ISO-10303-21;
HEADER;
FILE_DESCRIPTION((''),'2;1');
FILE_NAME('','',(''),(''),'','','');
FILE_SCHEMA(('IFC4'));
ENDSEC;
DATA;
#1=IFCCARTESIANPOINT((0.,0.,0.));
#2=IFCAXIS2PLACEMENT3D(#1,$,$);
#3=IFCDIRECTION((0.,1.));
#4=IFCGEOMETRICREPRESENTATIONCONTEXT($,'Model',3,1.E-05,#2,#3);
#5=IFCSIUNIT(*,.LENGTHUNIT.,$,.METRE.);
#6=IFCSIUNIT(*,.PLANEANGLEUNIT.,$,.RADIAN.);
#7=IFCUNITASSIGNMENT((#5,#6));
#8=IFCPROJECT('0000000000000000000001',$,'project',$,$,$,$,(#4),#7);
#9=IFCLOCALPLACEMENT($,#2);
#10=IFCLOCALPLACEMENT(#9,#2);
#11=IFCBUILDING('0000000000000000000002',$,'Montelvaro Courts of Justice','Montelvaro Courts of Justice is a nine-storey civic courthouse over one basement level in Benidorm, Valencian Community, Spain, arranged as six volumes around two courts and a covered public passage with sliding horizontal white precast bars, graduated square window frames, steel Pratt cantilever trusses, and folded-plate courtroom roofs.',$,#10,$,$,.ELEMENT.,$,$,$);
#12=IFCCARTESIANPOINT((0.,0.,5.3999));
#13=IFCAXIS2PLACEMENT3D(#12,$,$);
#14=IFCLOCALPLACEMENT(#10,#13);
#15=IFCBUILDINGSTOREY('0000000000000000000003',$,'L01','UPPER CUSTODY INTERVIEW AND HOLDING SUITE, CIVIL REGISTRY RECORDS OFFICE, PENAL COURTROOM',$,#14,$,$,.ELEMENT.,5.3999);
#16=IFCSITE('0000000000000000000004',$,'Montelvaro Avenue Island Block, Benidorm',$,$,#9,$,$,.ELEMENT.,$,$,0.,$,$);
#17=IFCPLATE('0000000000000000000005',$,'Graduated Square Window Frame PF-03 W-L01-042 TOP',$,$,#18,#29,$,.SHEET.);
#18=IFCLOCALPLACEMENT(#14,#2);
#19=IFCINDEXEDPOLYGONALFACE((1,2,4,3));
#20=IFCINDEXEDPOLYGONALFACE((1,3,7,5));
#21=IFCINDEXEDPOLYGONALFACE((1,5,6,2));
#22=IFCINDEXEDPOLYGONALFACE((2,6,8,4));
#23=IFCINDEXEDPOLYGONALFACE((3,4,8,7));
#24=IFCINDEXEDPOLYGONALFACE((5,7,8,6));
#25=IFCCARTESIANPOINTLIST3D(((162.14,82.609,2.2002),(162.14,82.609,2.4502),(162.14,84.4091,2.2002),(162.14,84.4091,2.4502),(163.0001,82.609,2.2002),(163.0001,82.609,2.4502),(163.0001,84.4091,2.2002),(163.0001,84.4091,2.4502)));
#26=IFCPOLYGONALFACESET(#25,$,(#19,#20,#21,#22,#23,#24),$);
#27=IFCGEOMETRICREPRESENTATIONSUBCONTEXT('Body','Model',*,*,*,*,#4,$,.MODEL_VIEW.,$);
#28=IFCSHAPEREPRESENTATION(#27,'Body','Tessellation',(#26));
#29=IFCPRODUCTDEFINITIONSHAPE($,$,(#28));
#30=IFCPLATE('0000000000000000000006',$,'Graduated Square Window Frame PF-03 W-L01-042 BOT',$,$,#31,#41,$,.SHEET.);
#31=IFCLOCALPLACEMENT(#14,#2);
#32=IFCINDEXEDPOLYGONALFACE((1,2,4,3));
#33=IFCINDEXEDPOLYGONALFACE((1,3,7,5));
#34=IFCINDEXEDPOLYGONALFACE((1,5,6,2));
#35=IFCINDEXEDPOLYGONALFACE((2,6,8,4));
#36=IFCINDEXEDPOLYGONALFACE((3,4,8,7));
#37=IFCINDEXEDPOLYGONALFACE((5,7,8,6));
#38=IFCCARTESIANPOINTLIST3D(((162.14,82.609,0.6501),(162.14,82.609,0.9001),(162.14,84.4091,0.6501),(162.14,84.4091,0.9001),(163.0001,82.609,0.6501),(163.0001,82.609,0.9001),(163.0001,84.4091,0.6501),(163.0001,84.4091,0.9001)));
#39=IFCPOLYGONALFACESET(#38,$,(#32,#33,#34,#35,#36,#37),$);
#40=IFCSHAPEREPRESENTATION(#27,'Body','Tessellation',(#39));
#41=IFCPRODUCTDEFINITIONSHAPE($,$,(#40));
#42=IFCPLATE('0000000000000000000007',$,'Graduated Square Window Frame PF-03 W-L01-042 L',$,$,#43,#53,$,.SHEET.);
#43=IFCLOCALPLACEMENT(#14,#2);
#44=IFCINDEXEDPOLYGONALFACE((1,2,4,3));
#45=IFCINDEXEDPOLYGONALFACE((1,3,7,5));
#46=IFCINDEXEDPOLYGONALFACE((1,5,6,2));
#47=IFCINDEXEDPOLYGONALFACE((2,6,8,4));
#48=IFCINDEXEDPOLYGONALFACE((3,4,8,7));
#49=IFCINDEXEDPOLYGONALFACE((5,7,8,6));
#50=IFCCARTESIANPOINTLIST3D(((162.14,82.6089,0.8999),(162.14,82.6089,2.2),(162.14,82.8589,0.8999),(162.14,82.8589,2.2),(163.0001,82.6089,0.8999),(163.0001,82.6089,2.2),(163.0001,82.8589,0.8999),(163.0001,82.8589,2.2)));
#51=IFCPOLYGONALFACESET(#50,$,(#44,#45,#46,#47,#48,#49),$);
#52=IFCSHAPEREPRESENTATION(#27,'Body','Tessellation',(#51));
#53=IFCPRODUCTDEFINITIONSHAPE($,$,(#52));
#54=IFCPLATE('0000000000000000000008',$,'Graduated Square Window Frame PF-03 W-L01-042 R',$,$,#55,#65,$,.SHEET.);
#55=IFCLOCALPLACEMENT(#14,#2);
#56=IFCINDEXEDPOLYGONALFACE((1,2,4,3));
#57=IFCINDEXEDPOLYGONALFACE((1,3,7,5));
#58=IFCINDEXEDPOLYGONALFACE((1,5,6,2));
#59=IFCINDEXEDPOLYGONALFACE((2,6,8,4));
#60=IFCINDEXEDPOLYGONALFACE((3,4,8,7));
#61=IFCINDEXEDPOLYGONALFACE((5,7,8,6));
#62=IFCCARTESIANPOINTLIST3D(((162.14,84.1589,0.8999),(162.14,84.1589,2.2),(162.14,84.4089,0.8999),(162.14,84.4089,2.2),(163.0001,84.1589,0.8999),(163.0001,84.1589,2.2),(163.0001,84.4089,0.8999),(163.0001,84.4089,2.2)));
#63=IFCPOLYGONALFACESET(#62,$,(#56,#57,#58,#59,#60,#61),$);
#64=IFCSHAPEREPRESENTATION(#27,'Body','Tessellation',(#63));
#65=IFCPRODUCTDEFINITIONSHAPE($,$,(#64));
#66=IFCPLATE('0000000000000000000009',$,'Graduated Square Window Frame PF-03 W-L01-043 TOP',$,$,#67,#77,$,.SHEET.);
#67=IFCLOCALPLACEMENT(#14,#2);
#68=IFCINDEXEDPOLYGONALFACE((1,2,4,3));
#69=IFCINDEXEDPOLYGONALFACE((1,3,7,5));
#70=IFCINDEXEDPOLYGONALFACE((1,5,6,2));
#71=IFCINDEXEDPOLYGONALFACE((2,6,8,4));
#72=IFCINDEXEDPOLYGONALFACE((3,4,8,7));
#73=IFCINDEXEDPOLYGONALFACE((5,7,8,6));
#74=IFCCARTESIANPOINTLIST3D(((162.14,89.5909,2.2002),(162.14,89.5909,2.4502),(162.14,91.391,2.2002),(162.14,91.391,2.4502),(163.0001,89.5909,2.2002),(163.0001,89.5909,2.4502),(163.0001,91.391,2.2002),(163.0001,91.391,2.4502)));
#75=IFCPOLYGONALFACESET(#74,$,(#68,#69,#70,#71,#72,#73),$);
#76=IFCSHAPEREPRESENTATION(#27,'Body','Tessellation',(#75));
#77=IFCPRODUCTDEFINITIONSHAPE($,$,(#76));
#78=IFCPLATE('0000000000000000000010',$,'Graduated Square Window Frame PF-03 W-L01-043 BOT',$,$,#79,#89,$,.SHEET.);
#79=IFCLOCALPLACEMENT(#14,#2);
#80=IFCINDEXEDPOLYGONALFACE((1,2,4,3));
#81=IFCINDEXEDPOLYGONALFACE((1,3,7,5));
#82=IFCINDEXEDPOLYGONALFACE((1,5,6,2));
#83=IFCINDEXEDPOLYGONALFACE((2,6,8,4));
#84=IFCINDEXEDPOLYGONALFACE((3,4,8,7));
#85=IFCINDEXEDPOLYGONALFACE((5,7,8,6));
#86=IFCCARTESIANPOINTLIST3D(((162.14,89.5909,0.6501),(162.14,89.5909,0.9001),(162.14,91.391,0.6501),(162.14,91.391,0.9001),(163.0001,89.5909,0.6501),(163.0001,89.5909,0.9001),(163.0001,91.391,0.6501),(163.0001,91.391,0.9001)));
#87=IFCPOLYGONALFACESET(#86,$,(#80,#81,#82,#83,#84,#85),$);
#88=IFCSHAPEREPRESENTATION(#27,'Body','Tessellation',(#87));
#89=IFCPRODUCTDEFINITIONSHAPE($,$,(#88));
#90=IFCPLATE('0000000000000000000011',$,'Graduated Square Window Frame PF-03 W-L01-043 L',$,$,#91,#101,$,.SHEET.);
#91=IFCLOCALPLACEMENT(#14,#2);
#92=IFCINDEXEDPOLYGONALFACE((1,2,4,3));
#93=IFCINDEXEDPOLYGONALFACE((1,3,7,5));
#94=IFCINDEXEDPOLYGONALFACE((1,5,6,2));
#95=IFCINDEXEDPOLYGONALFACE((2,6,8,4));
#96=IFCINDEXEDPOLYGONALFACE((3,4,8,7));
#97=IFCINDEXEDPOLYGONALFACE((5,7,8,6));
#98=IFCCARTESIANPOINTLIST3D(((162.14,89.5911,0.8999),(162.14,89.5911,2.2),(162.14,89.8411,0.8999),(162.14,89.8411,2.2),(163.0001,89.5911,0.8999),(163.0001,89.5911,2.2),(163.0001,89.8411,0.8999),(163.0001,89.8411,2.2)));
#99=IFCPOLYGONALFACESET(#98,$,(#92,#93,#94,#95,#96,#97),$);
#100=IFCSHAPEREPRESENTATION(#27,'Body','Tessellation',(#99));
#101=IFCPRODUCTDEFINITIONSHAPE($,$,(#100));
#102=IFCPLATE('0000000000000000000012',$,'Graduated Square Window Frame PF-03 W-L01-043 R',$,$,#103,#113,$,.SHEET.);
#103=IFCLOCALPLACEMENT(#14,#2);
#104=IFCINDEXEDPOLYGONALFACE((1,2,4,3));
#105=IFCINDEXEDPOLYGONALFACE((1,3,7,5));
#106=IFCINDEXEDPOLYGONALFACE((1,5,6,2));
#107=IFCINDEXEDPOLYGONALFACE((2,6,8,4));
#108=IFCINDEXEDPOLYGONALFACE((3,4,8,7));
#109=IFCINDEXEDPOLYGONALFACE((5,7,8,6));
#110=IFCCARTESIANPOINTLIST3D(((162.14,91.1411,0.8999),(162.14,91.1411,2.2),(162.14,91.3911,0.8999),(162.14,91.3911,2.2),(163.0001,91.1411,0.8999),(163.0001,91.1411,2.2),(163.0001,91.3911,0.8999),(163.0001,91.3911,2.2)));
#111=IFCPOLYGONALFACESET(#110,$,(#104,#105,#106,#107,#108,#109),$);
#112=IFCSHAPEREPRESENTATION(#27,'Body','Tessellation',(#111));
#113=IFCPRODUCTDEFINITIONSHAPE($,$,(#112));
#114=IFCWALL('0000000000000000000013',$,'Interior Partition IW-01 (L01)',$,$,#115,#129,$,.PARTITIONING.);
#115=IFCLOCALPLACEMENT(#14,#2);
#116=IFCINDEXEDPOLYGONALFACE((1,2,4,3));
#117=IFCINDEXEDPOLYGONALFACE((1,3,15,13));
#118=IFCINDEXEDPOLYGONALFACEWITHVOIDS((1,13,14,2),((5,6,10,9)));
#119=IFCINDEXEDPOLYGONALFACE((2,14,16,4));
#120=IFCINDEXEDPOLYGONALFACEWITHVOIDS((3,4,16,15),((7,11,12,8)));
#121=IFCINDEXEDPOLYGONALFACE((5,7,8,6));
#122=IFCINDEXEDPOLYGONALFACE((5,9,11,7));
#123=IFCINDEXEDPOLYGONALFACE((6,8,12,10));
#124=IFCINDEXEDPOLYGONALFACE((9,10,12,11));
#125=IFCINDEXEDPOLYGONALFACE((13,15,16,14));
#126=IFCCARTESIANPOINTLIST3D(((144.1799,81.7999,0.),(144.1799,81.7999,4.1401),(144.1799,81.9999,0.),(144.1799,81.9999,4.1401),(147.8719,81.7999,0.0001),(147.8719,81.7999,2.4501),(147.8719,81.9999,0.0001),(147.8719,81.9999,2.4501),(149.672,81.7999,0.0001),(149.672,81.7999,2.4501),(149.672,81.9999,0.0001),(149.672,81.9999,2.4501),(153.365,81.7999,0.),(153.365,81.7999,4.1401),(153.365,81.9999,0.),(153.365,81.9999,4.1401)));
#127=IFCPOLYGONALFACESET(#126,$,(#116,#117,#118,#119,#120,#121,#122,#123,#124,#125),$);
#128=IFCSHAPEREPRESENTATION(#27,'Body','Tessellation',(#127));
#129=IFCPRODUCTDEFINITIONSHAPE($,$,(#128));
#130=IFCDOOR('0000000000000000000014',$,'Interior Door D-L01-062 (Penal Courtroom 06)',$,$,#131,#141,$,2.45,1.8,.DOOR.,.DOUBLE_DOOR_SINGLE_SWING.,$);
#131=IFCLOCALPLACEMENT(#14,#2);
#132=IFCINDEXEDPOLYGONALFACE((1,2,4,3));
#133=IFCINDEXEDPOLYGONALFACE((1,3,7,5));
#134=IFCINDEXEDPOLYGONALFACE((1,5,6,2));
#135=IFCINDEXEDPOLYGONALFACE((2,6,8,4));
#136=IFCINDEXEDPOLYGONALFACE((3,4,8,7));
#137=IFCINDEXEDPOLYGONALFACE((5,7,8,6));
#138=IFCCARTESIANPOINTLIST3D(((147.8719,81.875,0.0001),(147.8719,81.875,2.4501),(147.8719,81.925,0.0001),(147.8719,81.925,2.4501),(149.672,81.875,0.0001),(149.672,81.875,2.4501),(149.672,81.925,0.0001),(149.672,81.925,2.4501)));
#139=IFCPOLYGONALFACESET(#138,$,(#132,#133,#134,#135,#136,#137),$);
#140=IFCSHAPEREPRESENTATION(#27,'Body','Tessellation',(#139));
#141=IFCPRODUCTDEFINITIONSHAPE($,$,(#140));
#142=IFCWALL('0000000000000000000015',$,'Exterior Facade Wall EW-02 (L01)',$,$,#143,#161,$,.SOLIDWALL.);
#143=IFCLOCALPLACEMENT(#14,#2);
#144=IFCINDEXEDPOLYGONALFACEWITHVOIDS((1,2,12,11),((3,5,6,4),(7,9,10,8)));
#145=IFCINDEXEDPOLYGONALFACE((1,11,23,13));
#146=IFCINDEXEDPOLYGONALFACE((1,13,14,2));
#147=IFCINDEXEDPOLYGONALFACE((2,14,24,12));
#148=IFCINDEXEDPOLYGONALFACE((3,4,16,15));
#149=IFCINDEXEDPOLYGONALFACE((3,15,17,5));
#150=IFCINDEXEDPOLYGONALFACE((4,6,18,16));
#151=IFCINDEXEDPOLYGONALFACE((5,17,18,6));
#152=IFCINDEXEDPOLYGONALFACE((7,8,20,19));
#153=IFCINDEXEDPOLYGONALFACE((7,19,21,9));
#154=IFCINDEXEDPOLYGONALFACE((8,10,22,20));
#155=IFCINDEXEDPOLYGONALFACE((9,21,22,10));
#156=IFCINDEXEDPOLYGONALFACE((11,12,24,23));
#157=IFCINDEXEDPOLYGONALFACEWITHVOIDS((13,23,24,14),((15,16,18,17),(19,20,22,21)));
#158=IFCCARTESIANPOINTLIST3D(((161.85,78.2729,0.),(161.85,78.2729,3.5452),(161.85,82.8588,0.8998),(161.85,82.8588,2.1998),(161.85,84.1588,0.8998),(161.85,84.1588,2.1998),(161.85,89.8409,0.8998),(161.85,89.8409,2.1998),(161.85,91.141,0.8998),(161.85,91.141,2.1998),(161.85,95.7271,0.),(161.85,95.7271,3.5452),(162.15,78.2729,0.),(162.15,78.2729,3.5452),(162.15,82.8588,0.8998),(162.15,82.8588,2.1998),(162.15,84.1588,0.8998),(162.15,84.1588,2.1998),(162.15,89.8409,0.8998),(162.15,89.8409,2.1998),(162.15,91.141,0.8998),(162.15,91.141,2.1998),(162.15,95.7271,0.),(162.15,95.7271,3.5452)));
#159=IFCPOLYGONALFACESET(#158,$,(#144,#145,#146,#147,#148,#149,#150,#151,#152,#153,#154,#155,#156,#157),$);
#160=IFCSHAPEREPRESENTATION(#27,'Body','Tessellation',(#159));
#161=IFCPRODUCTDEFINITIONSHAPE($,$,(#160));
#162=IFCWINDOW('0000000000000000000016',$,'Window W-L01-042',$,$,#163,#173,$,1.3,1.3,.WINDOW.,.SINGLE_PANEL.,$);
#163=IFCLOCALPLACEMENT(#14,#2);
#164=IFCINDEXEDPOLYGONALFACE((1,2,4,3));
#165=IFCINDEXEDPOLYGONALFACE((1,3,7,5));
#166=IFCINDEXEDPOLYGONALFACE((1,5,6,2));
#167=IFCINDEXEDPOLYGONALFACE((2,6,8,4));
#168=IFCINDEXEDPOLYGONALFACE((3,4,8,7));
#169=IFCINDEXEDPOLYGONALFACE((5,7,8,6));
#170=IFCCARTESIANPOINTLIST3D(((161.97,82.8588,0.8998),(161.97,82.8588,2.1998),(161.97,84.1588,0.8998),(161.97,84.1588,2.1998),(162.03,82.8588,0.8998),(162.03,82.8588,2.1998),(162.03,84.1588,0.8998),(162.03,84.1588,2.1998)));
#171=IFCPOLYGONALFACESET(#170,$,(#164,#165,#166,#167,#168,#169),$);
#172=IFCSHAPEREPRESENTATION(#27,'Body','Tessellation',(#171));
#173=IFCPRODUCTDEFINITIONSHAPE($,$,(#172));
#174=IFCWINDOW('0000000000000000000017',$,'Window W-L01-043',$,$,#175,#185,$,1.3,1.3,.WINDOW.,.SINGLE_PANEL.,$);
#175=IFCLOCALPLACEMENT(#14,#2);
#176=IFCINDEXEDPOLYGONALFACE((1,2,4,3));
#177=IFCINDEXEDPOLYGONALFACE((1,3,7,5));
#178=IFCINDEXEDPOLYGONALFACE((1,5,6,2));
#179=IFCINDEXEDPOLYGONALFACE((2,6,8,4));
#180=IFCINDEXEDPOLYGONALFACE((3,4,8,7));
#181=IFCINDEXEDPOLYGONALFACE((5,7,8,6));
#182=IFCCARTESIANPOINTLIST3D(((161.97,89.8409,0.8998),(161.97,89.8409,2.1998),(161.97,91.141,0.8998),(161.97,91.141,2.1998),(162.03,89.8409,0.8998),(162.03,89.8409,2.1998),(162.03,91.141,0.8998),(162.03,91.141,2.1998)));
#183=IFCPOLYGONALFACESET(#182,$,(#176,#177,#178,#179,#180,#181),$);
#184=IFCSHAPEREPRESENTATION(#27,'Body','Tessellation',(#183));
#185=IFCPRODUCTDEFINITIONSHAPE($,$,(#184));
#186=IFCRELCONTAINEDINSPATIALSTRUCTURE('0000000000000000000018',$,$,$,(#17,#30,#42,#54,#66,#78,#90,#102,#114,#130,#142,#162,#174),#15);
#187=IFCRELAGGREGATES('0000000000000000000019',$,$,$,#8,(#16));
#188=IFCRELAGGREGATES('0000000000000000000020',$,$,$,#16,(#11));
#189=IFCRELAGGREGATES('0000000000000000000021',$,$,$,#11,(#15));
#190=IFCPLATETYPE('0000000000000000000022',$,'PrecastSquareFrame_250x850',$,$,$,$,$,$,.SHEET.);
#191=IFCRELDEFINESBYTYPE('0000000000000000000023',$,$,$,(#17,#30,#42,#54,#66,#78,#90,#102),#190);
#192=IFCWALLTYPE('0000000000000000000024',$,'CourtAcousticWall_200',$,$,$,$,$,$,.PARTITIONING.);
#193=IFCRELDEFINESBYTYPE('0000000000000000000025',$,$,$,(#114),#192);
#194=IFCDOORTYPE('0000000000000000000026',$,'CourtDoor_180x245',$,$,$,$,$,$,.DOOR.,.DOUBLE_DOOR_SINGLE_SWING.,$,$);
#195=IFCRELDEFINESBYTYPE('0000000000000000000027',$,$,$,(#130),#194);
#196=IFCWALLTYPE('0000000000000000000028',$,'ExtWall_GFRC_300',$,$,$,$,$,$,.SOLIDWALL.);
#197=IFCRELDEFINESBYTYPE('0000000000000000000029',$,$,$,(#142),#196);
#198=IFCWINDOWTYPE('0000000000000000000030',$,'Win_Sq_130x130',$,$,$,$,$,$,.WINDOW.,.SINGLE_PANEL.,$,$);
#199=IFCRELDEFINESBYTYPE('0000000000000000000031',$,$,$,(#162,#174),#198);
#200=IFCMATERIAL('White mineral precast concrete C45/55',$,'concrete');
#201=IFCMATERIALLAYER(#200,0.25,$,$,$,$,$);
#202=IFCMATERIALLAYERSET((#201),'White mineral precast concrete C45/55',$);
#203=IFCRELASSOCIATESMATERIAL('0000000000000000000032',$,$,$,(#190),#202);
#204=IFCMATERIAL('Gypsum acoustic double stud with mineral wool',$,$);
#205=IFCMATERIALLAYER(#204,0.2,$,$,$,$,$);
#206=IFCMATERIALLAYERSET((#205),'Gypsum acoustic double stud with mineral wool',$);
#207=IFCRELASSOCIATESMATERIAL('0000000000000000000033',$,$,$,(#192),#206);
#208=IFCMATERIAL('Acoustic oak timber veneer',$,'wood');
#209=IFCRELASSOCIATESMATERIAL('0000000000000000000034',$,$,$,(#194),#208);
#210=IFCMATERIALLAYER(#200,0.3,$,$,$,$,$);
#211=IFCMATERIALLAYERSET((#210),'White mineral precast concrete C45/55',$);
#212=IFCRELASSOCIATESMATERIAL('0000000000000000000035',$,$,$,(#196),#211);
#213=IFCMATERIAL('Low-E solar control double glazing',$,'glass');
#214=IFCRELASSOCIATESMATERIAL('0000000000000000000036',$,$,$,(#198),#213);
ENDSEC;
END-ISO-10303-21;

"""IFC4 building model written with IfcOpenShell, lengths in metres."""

from ifc_helpers import new_model, si_unit, direction, frame, frame_2d, origin, origin_2d, place, context, subcontext, project, spatial, rectangle, extrude, material, layer, layer_set, type_object, element, fill, save


model = new_model("IFC4")

# Units and contexts
model_context = context("Model", 3, precision=1e-05, world=origin(), true_north=direction((0.0, 1.0)))
body_context = subcontext(model_context, "Body", "Model", "MODEL_VIEW")
ifc_project = project(units=[si_unit("LENGTHUNIT", "METRE"), si_unit("PLANEANGLEUNIT", "RADIAN")], contexts=[model_context])

# Site, building, storey
site_placement = place(None, origin())
site = spatial("IfcSite", under=ifc_project, at=site_placement, Name="Montelvaro Avenue Island Block, Benidorm", CompositionType="ELEMENT", RefElevation=0.0)
building_placement = place(site_placement, origin())
building = spatial("IfcBuilding", under=site, at=building_placement, Name="Montelvaro Courts of Justice", Description="Montelvaro Courts of Justice is a nine-storey civic courthouse over one basement level in Benidorm, Valencian Community, Spain, arranged as six volumes around two courts and a covered public passage with sliding horizontal white precast bars, graduated square window frames, steel Pratt cantilever trusses, and folded-plate courtroom roofs.", CompositionType="ELEMENT")
storey_placement = place(building_placement, frame((0.0, 0.0, 5.3999)))
storey = spatial("IfcBuildingStorey", under=building, at=storey_placement, Name="L01", Description="UPPER CUSTODY INTERVIEW AND HOLDING SUITE, CIVIL REGISTRY RECORDS OFFICE, PENAL COURTROOM", CompositionType="ELEMENT", Elevation=5.3999)

# Plates
ifc_material_1 = material(Name="White mineral precast concrete C45/55", Category="concrete")
ifc_layer_1 = layer(ifc_material_1, 0.25)
ifc_layer_set_1 = layer_set([ifc_layer_1], Name="White mineral precast concrete C45/55")
plate_type = type_object("IfcPlateType", Name="PrecastSquareFrame_250x850", PredefinedType="SHEET", material=ifc_layer_set_1)
for number, where, z_axis, x_axis, name in (
    (1, (162.5701, 83.509, 2.2002), (0.0, 0.0, 1.0), (0.0, 1.0, 0.0), "Graduated Square Window Frame PF-03 W-L01-042 TOP"),
    (2, (162.5701, 83.509, 0.6501), (0.0, 0.0, 1.0), (0.0, 1.0, 0.0), "Graduated Square Window Frame PF-03 W-L01-042 BOT"),
):
    element("IfcPlate", number, at=place(storey_placement, frame(where, z_axis=z_axis, x_axis=x_axis)), inside=storey, type_object=plate_type, Name=name, PredefinedType="SHEET", context=body_context, shape_type="SweptSolid", body=[
        extrude(rectangle(XDim=1.8, YDim=0.8601, at=origin_2d()), origin(), (0.0, 0.0, 1.0), 0.25),
    ])
for number, where, z_axis, x_axis, name in (
    (3, (162.5701, 82.7339, 0.8999), (0.0, 0.0, 1.0), (0.0, 1.0, 0.0), "Graduated Square Window Frame PF-03 W-L01-042 L"),
    (4, (162.5701, 84.2839, 0.8999), (0.0, 0.0, 1.0), (0.0, 1.0, 0.0), "Graduated Square Window Frame PF-03 W-L01-042 R"),
):
    element("IfcPlate", number, at=place(storey_placement, frame(where, z_axis=z_axis, x_axis=x_axis)), inside=storey, type_object=plate_type, Name=name, PredefinedType="SHEET", context=body_context, shape_type="SweptSolid", body=[
        extrude(rectangle(XDim=0.25, YDim=0.8601, at=origin_2d()), origin(), (0.0, 0.0, 1.0), 1.3),
    ])
for number, where, z_axis, x_axis, name in (
    (5, (162.5701, 90.491, 2.2002), (0.0, 0.0, 1.0), (0.0, 1.0, 0.0), "Graduated Square Window Frame PF-03 W-L01-043 TOP"),
    (6, (162.5701, 90.491, 0.6501), (0.0, 0.0, 1.0), (0.0, 1.0, 0.0), "Graduated Square Window Frame PF-03 W-L01-043 BOT"),
):
    element("IfcPlate", number, at=place(storey_placement, frame(where, z_axis=z_axis, x_axis=x_axis)), inside=storey, type_object=plate_type, Name=name, PredefinedType="SHEET", context=body_context, shape_type="SweptSolid", body=[
        extrude(rectangle(XDim=1.8, YDim=0.8601, at=origin_2d()), origin(), (0.0, 0.0, 1.0), 0.25),
    ])
for number, where, z_axis, x_axis, name in (
    (7, (162.5701, 89.7161, 0.8999), (0.0, 0.0, 1.0), (0.0, 1.0, 0.0), "Graduated Square Window Frame PF-03 W-L01-043 L"),
    (8, (162.5701, 91.2661, 0.8999), (0.0, 0.0, 1.0), (0.0, 1.0, 0.0), "Graduated Square Window Frame PF-03 W-L01-043 R"),
):
    element("IfcPlate", number, at=place(storey_placement, frame(where, z_axis=z_axis, x_axis=x_axis)), inside=storey, type_object=plate_type, Name=name, PredefinedType="SHEET", context=body_context, shape_type="SweptSolid", body=[
        extrude(rectangle(XDim=0.25, YDim=0.8601, at=origin_2d()), origin(), (0.0, 0.0, 1.0), 1.3),
    ])

# Wall, opening, door
ifc_material_2 = material(Name="Gypsum acoustic double stud with mineral wool")
ifc_layer_2 = layer(ifc_material_2, 0.2)
ifc_layer_set_2 = layer_set([ifc_layer_2], Name="Gypsum acoustic double stud with mineral wool")
wall_type_1 = type_object("IfcWallType", Name="CourtAcousticWall_200", PredefinedType="PARTITIONING", material=ifc_layer_set_2)
wall_1_placement = place(storey_placement, frame((153.365, 81.8999, 0.0), z_axis=(0.0, 0.0, 1.0), x_axis=(-1.0, 0.0, 0.0)))
wall_1 = element("IfcWall", 9, at=wall_1_placement, inside=storey, type_object=wall_type_1, Name="Interior Partition IW-01 (L01)", PredefinedType="PARTITIONING", context=body_context, shape_type="SweptSolid", body=[
    extrude(rectangle(XDim=9.1851, YDim=0.2, at=frame_2d((4.5925, 0.0))), origin(), (0.0, 0.0, 1.0), 4.1401),
])
opening_1_placement = place(wall_1_placement, frame((3.6931, 0.0, 0.0)))
opening_1 = element("IfcOpeningElement", 10, at=opening_1_placement, cuts=wall_1, PredefinedType="OPENING", context=body_context, shape_type="SweptSolid", body=[
    extrude(rectangle(XDim=1.8, YDim=2.45, at=frame_2d((0.8999, 1.2251))), frame((0.0, 0.1147, 0.0), z_axis=(0.0, -1.0, 0.0), x_axis=(1.0, 0.0, 0.0)), (0.0, 0.0, 1.0), 0.2297),
])
ifc_material_3 = material(Name="Acoustic oak timber veneer", Category="wood")
door_type_1 = type_object("IfcDoorType", Name="CourtDoor_180x245", OperationType="DOUBLE_DOOR_SINGLE_SWING", PredefinedType="DOOR", material=ifc_material_3)
door_1_placement = place(opening_1_placement, origin())
door_1 = element("IfcDoor", 11, at=door_1_placement, inside=storey, type_object=door_type_1, Name="Interior Door D-L01-062 (Penal Courtroom 06)", OperationType="DOUBLE_DOOR_SINGLE_SWING", OverallHeight=2.45, OverallWidth=1.8, PredefinedType="DOOR", context=body_context, shape_type="SweptSolid", body=[
    extrude(rectangle(XDim=1.8, YDim=2.45, at=frame_2d((0.8999, 1.2251))), frame((0.0, 0.0249, 0.0), z_axis=(0.0, -1.0, 0.0), x_axis=(1.0, 0.0, 0.0)), (0.0, 0.0, 1.0), 0.05),
])
fill(opening_1, door_1)

# Wall, openings, windows
ifc_layer_3 = layer(ifc_material_1, 0.3)
ifc_layer_set_3 = layer_set([ifc_layer_3], Name="White mineral precast concrete C45/55")
wall_type_2 = type_object("IfcWallType", Name="ExtWall_GFRC_300", PredefinedType="SOLIDWALL", material=ifc_layer_set_3)
wall_2_placement = place(storey_placement, frame((162.0, 78.2729, 0.0), z_axis=(0.0, 0.0, 1.0), x_axis=(0.0, 1.0, 0.0)))
wall_2 = element("IfcWall", 12, at=wall_2_placement, inside=storey, type_object=wall_type_2, Name="Exterior Facade Wall EW-02 (L01)", PredefinedType="SOLIDWALL", context=body_context, shape_type="SweptSolid", body=[
    extrude(rectangle(XDim=17.4541, YDim=0.3, at=frame_2d((8.7271, 0.0))), origin(), (0.0, 0.0, 1.0), 3.5452),
])
opening_2_placement = place(wall_2_placement, frame((4.5859, 0.0, 0.8999)))
opening_2 = element("IfcOpeningElement", 13, at=opening_2_placement, cuts=wall_2, PredefinedType="OPENING", context=body_context, shape_type="SweptSolid", body=[
    extrude(rectangle(XDim=1.3, YDim=1.3, at=frame_2d((0.6499, 0.6499))), frame((0.0, 0.165, 0.0), z_axis=(0.0, -1.0, 0.0), x_axis=(1.0, 0.0, 0.0)), (0.0, 0.0, 1.0), 0.3298),
])
opening_3_placement = place(wall_2_placement, frame((11.5681, 0.0, 0.8999)))
opening_3 = element("IfcOpeningElement", 14, at=opening_3_placement, cuts=wall_2, PredefinedType="OPENING", context=body_context, shape_type="SweptSolid", body=[
    extrude(rectangle(XDim=1.3, YDim=1.3, at=frame_2d((0.6499, 0.6499))), frame((0.0, 0.165, 0.0), z_axis=(0.0, -1.0, 0.0), x_axis=(1.0, 0.0, 0.0)), (0.0, 0.0, 1.0), 0.3298),
])
ifc_material_4 = material(Name="Low-E solar control double glazing", Category="glass")
window_type = type_object("IfcWindowType", Name="Win_Sq_130x130", PartitioningType="SINGLE_PANEL", PredefinedType="WINDOW", material=ifc_material_4)
window_1_placement = place(opening_2_placement, origin())
window_1 = element("IfcWindow", 15, at=window_1_placement, inside=storey, type_object=window_type, Name="Window W-L01-042", OverallHeight=1.3, OverallWidth=1.3, PartitioningType="SINGLE_PANEL", PredefinedType="WINDOW", context=body_context, shape_type="SweptSolid", body=[
    extrude(rectangle(XDim=1.3, YDim=1.3, at=frame_2d((0.6499, 0.6499))), frame((0.0, 0.03, 0.0), z_axis=(0.0, -1.0, 0.0), x_axis=(1.0, 0.0, 0.0)), (0.0, 0.0, 1.0), 0.0601),
])
fill(opening_2, window_1)
window_2_placement = place(opening_3_placement, origin())
window_2 = element("IfcWindow", 16, at=window_2_placement, inside=storey, type_object=window_type, Name="Window W-L01-043", OverallHeight=1.3, OverallWidth=1.3, PartitioningType="SINGLE_PANEL", PredefinedType="WINDOW", context=body_context, shape_type="SweptSolid", body=[
    extrude(rectangle(XDim=1.3, YDim=1.3, at=frame_2d((0.6499, 0.6499))), frame((0.0, 0.03, 0.0), z_axis=(0.0, -1.0, 0.0), x_axis=(1.0, 0.0, 0.0)), (0.0, 0.0, 1.0), 0.0601),
])
fill(opening_3, window_2)

save(model, "model.ifc")
